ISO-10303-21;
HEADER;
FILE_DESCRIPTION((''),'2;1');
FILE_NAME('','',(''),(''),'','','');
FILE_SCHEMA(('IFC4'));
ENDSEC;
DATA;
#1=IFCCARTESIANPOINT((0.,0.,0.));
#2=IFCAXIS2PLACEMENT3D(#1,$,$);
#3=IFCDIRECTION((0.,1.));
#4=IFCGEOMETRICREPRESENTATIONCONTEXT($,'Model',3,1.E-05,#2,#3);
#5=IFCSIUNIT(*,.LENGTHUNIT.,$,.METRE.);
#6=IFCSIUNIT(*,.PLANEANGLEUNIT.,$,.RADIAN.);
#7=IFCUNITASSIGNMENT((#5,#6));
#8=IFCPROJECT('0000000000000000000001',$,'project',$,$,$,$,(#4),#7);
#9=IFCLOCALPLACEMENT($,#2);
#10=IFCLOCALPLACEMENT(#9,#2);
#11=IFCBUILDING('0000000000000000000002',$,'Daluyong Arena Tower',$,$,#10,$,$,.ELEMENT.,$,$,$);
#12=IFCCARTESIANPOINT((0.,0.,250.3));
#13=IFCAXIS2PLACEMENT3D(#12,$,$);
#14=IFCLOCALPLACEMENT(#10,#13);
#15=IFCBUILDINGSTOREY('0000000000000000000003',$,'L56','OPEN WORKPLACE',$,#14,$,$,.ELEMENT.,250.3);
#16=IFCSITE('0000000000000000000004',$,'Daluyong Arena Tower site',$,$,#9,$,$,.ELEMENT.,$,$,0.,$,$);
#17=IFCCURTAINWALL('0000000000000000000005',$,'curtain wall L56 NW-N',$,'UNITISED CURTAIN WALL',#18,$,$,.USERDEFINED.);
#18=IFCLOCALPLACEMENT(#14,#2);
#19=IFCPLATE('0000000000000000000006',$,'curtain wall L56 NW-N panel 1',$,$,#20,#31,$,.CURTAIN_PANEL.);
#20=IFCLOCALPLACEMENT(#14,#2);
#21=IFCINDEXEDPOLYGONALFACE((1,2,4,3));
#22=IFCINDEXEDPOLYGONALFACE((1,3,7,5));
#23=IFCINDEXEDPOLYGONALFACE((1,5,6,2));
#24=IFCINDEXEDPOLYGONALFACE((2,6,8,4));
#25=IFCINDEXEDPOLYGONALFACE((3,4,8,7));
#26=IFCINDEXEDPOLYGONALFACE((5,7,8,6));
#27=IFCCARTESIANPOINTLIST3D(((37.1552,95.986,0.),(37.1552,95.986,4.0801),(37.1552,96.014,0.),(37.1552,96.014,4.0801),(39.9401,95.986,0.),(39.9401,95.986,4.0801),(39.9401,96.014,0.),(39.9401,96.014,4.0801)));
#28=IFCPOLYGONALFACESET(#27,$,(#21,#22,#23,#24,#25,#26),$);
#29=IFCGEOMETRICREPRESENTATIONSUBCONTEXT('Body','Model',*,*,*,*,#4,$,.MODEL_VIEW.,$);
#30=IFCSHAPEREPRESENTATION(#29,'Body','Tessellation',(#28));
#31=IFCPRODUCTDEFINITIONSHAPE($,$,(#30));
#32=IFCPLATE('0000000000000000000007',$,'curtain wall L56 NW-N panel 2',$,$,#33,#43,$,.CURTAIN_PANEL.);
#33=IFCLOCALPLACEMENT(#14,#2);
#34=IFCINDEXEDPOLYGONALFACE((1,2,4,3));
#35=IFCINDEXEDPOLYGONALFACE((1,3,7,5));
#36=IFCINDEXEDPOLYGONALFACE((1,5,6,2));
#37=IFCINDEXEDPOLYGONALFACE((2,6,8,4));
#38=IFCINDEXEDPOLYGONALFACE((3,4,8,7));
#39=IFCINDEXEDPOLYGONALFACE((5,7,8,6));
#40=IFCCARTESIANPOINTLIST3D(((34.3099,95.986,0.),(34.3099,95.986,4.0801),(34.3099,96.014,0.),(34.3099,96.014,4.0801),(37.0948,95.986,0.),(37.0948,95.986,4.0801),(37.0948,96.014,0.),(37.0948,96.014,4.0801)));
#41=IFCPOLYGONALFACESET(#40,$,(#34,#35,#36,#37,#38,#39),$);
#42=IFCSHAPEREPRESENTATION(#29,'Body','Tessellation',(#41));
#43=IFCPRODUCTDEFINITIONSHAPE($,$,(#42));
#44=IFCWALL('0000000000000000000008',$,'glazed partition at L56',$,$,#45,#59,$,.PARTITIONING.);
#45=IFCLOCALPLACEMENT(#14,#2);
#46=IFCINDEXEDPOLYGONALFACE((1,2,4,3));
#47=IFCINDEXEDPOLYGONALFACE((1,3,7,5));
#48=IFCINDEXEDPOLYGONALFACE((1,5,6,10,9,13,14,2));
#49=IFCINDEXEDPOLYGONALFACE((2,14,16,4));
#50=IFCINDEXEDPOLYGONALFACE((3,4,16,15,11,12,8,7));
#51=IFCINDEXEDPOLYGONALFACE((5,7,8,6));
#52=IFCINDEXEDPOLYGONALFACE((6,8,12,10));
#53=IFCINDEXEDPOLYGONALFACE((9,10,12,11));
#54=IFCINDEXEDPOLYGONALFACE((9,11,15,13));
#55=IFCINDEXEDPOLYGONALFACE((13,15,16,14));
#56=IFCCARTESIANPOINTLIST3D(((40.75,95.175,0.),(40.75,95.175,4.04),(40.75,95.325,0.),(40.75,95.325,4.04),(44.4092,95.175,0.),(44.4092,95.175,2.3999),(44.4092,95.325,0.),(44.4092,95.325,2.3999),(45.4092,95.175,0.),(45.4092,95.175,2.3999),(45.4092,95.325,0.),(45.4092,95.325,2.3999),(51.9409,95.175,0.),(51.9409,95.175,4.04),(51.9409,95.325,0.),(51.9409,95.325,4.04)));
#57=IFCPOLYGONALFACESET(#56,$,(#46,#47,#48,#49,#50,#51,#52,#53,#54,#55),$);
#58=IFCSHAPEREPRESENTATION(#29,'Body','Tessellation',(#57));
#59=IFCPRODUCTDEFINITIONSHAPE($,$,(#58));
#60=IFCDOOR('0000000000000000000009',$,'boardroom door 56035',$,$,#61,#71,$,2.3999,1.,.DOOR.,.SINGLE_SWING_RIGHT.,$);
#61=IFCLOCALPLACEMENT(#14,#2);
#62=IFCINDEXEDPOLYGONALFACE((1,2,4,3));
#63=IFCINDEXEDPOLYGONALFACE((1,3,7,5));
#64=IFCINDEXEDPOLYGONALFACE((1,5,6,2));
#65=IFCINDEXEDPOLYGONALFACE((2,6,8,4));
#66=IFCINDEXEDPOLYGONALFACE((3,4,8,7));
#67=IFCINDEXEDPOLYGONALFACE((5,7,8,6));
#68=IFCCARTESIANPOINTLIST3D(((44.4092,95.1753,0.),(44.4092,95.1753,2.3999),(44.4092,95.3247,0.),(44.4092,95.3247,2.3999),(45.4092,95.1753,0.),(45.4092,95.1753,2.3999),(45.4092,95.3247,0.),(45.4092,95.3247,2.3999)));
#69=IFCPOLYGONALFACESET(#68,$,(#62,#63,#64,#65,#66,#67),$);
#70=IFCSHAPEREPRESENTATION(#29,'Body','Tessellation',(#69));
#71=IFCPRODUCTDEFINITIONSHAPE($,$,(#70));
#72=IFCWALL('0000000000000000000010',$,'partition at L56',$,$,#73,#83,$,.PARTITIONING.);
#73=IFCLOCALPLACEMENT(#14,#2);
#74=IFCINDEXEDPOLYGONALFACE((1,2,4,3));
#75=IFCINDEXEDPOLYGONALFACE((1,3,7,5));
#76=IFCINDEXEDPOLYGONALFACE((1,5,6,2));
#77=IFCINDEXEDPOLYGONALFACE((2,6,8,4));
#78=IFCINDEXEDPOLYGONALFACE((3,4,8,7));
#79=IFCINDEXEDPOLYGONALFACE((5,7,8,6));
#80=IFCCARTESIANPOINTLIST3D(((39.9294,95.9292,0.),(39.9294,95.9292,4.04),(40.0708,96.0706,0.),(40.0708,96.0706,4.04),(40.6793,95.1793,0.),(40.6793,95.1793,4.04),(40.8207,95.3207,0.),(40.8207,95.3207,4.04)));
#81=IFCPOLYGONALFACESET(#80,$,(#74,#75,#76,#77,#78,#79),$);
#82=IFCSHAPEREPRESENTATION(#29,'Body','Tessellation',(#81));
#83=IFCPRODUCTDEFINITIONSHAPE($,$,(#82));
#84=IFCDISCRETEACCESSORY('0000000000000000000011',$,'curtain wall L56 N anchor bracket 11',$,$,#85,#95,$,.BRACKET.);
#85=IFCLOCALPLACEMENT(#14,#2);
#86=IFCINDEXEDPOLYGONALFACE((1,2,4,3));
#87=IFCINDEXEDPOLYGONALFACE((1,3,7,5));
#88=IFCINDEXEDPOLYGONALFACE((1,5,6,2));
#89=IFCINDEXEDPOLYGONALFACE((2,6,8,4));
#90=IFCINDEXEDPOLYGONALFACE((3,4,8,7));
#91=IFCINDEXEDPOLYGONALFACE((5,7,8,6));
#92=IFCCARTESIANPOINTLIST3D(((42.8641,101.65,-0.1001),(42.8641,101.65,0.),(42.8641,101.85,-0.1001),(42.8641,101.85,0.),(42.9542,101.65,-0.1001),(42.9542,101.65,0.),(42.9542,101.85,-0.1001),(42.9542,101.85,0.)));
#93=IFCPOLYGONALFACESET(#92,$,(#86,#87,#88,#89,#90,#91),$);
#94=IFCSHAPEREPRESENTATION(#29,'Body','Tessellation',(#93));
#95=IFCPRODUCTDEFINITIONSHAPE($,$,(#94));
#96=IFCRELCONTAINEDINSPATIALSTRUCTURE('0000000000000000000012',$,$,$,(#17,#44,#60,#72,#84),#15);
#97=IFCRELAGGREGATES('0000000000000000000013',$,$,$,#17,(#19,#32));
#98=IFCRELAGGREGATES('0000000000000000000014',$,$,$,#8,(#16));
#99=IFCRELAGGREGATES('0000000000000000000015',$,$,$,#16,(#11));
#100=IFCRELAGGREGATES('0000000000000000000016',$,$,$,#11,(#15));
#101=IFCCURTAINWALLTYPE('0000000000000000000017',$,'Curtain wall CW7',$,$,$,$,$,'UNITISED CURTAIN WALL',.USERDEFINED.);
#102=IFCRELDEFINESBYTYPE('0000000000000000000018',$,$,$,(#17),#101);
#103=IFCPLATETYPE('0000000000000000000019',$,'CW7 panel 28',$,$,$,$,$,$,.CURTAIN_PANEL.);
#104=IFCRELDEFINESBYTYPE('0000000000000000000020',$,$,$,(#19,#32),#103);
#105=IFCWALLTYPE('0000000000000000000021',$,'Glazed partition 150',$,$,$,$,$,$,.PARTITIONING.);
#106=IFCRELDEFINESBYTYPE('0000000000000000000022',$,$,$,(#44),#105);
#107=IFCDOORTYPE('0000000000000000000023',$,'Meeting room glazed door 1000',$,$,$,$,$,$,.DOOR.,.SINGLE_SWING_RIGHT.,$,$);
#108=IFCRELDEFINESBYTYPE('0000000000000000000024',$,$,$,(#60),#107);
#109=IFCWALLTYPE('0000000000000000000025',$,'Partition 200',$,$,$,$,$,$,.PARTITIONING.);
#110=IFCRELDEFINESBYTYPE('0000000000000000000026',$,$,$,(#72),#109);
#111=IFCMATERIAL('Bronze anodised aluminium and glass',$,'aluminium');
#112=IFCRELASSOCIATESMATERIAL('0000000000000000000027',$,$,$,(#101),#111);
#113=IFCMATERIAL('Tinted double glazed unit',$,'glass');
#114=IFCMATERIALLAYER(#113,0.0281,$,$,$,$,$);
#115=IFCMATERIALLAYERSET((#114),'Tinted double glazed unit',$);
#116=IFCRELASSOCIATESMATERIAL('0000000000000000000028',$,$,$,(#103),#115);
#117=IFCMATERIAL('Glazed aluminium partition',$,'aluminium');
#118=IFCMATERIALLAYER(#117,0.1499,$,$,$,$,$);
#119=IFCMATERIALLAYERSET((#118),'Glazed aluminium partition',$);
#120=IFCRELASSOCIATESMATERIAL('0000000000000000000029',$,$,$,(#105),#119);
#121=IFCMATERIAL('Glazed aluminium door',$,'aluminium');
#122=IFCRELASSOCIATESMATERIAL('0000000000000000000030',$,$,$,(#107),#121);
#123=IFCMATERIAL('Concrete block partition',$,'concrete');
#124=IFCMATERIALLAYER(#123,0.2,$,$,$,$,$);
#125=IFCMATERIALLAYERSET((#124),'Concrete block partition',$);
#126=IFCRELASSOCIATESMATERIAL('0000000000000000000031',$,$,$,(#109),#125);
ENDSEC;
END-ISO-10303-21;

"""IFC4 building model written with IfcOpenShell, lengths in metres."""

from ifc_helpers import new_model, si_unit, direction, frame, frame_2d, origin, origin_2d, place, context, subcontext, project, spatial, rectangle, extrude, material, layer, layer_set, type_object, element, fill, aggregate, save


model = new_model("IFC4")

# Units and contexts
model_context = context("Model", 3, precision=1e-05, world=origin(), true_north=direction((0.0, 1.0)))
body_context = subcontext(model_context, "Body", "Model", "MODEL_VIEW")
ifc_project = project(units=[si_unit("LENGTHUNIT", "METRE"), si_unit("PLANEANGLEUNIT", "RADIAN")], contexts=[model_context])

# Site, building, storey
site_placement = place(None, origin())
site = spatial("IfcSite", under=ifc_project, at=site_placement, Name="Daluyong Arena Tower site", CompositionType="ELEMENT", RefElevation=0.0)
building_placement = place(site_placement, origin())
building = spatial("IfcBuilding", under=site, at=building_placement, Name="Daluyong Arena Tower", CompositionType="ELEMENT")
storey_placement = place(building_placement, frame((0.0, 0.0, 250.3)))
storey = spatial("IfcBuildingStorey", under=building, at=storey_placement, Name="L56", Description="OPEN WORKPLACE", CompositionType="ELEMENT", Elevation=250.3)

# Curtain wall
ifc_material_1 = material(Name="Bronze anodised aluminium and glass", Category="aluminium")
curtain_wall_type_1 = type_object("IfcCurtainWallType", Name="Curtain wall CW7", ElementType="UNITISED CURTAIN WALL", PredefinedType="USERDEFINED", material=ifc_material_1)
curtain_wall_1_placement = place(storey_placement, origin())
curtain_wall_1 = element("IfcCurtainWall", 1, at=curtain_wall_1_placement, inside=storey, type_object=curtain_wall_type_1, Name="curtain wall L56 NW-N", ObjectType="UNITISED CURTAIN WALL", PredefinedType="USERDEFINED")

# Plates
ifc_material_2 = material(Name="Tinted double glazed unit", Category="glass")
ifc_layer_1 = layer(ifc_material_2, 0.0281)
ifc_layer_set_1 = layer_set([ifc_layer_1], Name="Tinted double glazed unit")
plate_type_1 = type_object("IfcPlateType", Name="CW7 panel 28", PredefinedType="CURTAIN_PANEL", material=ifc_layer_set_1)
plate_1_placement = place(storey_placement, frame((38.5476, 96.0, 0.0), z_axis=(0.0, 0.0, 1.0), x_axis=(-1.0, 0.0, 0.0)))
plate_1 = element("IfcPlate", 2, at=plate_1_placement, type_object=plate_type_1, Name="curtain wall L56 NW-N panel 1", PredefinedType="CURTAIN_PANEL", context=body_context, shape_type="SweptSolid", body=[
    extrude(rectangle(XDim=2.7849, YDim=0.0281, at=origin_2d()), origin(), (0.0, 0.0, 1.0), 4.0801),
])
plate_2_placement = place(storey_placement, frame((35.7024, 96.0, 0.0), z_axis=(0.0, 0.0, 1.0), x_axis=(-1.0, 0.0, 0.0)))
plate_2 = element("IfcPlate", 3, at=plate_2_placement, type_object=plate_type_1, Name="curtain wall L56 NW-N panel 2", PredefinedType="CURTAIN_PANEL", context=body_context, shape_type="SweptSolid", body=[
    extrude(rectangle(XDim=2.7849, YDim=0.0281, at=origin_2d()), origin(), (0.0, 0.0, 1.0), 4.0801),
])
aggregate(curtain_wall_1, [plate_1, plate_2])

# Wall, opening, door
ifc_material_3 = material(Name="Glazed aluminium partition", Category="aluminium")
ifc_layer_2 = layer(ifc_material_3, 0.1499)
ifc_layer_set_2 = layer_set([ifc_layer_2], Name="Glazed aluminium partition")
wall_type_1 = type_object("IfcWallType", Name="Glazed partition 150", PredefinedType="PARTITIONING", material=ifc_layer_set_2)
wall_1_placement = place(storey_placement, frame((40.75, 95.25, 0.0), z_axis=(0.0, 0.0, 1.0), x_axis=(1.0, 0.0, 0.0)))
wall_1 = element("IfcWall", 4, at=wall_1_placement, inside=storey, type_object=wall_type_1, Name="glazed partition at L56", PredefinedType="PARTITIONING", context=body_context, shape_type="SweptSolid", body=[
    extrude(rectangle(XDim=11.1909, YDim=0.1499, at=frame_2d((5.5955, 0.0))), origin(), (0.0, 0.0, 1.0), 4.04),
])
opening_placement = place(wall_1_placement, frame((3.6592, 0.0, 0.0)))
opening = element("IfcOpeningElement", 5, at=opening_placement, cuts=wall_1, PredefinedType="OPENING", context=body_context, shape_type="SweptSolid", body=[
    extrude(rectangle(XDim=1.0, YDim=2.3999, at=frame_2d((0.5, 1.2))), frame((0.0, 0.085, 0.0), z_axis=(0.0, -1.0, 0.0), x_axis=(1.0, 0.0, 0.0)), (0.0, 0.0, 1.0), 0.1699),
])
ifc_material_4 = material(Name="Glazed aluminium door", Category="aluminium")
door_type = type_object("IfcDoorType", Name="Meeting room glazed door 1000", OperationType="SINGLE_SWING_RIGHT", PredefinedType="DOOR", material=ifc_material_4)
door_placement = place(opening_placement, origin())
door = element("IfcDoor", 6, at=door_placement, inside=storey, type_object=door_type, Name="boardroom door 56035", OperationType="SINGLE_SWING_RIGHT", OverallHeight=2.3999, OverallWidth=1.0, PredefinedType="DOOR", context=body_context, shape_type="SweptSolid", body=[
    extrude(rectangle(XDim=1.0, YDim=2.3999, at=frame_2d((0.5, 1.2))), frame((0.0, 0.0747, 0.0), z_axis=(0.0, -1.0, 0.0), x_axis=(1.0, 0.0, 0.0)), (0.0, 0.0, 1.0), 0.1494),
])
fill(opening, door)

# Wall
ifc_material_5 = material(Name="Concrete block partition", Category="concrete")
ifc_layer_3 = layer(ifc_material_5, 0.2)
ifc_layer_set_3 = layer_set([ifc_layer_3], Name="Concrete block partition")
wall_type_2 = type_object("IfcWallType", Name="Partition 200", PredefinedType="PARTITIONING", material=ifc_layer_set_3)
wall_2_placement = place(storey_placement, frame((40.75, 95.25, 0.0), z_axis=(0.0, 0.0, 1.0), x_axis=(-0.707107, 0.707107, 0.0)))
element("IfcWall", 7, at=wall_2_placement, inside=storey, type_object=wall_type_2, Name="partition at L56", PredefinedType="PARTITIONING", context=body_context, shape_type="SweptSolid", body=[
    extrude(rectangle(XDim=1.0605, YDim=0.2, at=frame_2d((0.5303, 0.0))), origin(), (0.0, 0.0, 1.0), 4.04),
])

# Discrete accessory
discrete_accessory_placement = place(storey_placement, frame((42.9092, 101.75, -0.1001), z_axis=(0.0, 0.0, 1.0), x_axis=(-1.0, 0.0, 0.0)))
element("IfcDiscreteAccessory", 8, at=discrete_accessory_placement, inside=storey, Name="curtain wall L56 N anchor bracket 11", PredefinedType="BRACKET", context=body_context, shape_type="SweptSolid", body=[
    extrude(rectangle(XDim=0.0901, YDim=0.2, at=origin_2d()), origin(), (0.0, 0.0, 1.0), 0.1001),
])

save(model, "model.ifc")
